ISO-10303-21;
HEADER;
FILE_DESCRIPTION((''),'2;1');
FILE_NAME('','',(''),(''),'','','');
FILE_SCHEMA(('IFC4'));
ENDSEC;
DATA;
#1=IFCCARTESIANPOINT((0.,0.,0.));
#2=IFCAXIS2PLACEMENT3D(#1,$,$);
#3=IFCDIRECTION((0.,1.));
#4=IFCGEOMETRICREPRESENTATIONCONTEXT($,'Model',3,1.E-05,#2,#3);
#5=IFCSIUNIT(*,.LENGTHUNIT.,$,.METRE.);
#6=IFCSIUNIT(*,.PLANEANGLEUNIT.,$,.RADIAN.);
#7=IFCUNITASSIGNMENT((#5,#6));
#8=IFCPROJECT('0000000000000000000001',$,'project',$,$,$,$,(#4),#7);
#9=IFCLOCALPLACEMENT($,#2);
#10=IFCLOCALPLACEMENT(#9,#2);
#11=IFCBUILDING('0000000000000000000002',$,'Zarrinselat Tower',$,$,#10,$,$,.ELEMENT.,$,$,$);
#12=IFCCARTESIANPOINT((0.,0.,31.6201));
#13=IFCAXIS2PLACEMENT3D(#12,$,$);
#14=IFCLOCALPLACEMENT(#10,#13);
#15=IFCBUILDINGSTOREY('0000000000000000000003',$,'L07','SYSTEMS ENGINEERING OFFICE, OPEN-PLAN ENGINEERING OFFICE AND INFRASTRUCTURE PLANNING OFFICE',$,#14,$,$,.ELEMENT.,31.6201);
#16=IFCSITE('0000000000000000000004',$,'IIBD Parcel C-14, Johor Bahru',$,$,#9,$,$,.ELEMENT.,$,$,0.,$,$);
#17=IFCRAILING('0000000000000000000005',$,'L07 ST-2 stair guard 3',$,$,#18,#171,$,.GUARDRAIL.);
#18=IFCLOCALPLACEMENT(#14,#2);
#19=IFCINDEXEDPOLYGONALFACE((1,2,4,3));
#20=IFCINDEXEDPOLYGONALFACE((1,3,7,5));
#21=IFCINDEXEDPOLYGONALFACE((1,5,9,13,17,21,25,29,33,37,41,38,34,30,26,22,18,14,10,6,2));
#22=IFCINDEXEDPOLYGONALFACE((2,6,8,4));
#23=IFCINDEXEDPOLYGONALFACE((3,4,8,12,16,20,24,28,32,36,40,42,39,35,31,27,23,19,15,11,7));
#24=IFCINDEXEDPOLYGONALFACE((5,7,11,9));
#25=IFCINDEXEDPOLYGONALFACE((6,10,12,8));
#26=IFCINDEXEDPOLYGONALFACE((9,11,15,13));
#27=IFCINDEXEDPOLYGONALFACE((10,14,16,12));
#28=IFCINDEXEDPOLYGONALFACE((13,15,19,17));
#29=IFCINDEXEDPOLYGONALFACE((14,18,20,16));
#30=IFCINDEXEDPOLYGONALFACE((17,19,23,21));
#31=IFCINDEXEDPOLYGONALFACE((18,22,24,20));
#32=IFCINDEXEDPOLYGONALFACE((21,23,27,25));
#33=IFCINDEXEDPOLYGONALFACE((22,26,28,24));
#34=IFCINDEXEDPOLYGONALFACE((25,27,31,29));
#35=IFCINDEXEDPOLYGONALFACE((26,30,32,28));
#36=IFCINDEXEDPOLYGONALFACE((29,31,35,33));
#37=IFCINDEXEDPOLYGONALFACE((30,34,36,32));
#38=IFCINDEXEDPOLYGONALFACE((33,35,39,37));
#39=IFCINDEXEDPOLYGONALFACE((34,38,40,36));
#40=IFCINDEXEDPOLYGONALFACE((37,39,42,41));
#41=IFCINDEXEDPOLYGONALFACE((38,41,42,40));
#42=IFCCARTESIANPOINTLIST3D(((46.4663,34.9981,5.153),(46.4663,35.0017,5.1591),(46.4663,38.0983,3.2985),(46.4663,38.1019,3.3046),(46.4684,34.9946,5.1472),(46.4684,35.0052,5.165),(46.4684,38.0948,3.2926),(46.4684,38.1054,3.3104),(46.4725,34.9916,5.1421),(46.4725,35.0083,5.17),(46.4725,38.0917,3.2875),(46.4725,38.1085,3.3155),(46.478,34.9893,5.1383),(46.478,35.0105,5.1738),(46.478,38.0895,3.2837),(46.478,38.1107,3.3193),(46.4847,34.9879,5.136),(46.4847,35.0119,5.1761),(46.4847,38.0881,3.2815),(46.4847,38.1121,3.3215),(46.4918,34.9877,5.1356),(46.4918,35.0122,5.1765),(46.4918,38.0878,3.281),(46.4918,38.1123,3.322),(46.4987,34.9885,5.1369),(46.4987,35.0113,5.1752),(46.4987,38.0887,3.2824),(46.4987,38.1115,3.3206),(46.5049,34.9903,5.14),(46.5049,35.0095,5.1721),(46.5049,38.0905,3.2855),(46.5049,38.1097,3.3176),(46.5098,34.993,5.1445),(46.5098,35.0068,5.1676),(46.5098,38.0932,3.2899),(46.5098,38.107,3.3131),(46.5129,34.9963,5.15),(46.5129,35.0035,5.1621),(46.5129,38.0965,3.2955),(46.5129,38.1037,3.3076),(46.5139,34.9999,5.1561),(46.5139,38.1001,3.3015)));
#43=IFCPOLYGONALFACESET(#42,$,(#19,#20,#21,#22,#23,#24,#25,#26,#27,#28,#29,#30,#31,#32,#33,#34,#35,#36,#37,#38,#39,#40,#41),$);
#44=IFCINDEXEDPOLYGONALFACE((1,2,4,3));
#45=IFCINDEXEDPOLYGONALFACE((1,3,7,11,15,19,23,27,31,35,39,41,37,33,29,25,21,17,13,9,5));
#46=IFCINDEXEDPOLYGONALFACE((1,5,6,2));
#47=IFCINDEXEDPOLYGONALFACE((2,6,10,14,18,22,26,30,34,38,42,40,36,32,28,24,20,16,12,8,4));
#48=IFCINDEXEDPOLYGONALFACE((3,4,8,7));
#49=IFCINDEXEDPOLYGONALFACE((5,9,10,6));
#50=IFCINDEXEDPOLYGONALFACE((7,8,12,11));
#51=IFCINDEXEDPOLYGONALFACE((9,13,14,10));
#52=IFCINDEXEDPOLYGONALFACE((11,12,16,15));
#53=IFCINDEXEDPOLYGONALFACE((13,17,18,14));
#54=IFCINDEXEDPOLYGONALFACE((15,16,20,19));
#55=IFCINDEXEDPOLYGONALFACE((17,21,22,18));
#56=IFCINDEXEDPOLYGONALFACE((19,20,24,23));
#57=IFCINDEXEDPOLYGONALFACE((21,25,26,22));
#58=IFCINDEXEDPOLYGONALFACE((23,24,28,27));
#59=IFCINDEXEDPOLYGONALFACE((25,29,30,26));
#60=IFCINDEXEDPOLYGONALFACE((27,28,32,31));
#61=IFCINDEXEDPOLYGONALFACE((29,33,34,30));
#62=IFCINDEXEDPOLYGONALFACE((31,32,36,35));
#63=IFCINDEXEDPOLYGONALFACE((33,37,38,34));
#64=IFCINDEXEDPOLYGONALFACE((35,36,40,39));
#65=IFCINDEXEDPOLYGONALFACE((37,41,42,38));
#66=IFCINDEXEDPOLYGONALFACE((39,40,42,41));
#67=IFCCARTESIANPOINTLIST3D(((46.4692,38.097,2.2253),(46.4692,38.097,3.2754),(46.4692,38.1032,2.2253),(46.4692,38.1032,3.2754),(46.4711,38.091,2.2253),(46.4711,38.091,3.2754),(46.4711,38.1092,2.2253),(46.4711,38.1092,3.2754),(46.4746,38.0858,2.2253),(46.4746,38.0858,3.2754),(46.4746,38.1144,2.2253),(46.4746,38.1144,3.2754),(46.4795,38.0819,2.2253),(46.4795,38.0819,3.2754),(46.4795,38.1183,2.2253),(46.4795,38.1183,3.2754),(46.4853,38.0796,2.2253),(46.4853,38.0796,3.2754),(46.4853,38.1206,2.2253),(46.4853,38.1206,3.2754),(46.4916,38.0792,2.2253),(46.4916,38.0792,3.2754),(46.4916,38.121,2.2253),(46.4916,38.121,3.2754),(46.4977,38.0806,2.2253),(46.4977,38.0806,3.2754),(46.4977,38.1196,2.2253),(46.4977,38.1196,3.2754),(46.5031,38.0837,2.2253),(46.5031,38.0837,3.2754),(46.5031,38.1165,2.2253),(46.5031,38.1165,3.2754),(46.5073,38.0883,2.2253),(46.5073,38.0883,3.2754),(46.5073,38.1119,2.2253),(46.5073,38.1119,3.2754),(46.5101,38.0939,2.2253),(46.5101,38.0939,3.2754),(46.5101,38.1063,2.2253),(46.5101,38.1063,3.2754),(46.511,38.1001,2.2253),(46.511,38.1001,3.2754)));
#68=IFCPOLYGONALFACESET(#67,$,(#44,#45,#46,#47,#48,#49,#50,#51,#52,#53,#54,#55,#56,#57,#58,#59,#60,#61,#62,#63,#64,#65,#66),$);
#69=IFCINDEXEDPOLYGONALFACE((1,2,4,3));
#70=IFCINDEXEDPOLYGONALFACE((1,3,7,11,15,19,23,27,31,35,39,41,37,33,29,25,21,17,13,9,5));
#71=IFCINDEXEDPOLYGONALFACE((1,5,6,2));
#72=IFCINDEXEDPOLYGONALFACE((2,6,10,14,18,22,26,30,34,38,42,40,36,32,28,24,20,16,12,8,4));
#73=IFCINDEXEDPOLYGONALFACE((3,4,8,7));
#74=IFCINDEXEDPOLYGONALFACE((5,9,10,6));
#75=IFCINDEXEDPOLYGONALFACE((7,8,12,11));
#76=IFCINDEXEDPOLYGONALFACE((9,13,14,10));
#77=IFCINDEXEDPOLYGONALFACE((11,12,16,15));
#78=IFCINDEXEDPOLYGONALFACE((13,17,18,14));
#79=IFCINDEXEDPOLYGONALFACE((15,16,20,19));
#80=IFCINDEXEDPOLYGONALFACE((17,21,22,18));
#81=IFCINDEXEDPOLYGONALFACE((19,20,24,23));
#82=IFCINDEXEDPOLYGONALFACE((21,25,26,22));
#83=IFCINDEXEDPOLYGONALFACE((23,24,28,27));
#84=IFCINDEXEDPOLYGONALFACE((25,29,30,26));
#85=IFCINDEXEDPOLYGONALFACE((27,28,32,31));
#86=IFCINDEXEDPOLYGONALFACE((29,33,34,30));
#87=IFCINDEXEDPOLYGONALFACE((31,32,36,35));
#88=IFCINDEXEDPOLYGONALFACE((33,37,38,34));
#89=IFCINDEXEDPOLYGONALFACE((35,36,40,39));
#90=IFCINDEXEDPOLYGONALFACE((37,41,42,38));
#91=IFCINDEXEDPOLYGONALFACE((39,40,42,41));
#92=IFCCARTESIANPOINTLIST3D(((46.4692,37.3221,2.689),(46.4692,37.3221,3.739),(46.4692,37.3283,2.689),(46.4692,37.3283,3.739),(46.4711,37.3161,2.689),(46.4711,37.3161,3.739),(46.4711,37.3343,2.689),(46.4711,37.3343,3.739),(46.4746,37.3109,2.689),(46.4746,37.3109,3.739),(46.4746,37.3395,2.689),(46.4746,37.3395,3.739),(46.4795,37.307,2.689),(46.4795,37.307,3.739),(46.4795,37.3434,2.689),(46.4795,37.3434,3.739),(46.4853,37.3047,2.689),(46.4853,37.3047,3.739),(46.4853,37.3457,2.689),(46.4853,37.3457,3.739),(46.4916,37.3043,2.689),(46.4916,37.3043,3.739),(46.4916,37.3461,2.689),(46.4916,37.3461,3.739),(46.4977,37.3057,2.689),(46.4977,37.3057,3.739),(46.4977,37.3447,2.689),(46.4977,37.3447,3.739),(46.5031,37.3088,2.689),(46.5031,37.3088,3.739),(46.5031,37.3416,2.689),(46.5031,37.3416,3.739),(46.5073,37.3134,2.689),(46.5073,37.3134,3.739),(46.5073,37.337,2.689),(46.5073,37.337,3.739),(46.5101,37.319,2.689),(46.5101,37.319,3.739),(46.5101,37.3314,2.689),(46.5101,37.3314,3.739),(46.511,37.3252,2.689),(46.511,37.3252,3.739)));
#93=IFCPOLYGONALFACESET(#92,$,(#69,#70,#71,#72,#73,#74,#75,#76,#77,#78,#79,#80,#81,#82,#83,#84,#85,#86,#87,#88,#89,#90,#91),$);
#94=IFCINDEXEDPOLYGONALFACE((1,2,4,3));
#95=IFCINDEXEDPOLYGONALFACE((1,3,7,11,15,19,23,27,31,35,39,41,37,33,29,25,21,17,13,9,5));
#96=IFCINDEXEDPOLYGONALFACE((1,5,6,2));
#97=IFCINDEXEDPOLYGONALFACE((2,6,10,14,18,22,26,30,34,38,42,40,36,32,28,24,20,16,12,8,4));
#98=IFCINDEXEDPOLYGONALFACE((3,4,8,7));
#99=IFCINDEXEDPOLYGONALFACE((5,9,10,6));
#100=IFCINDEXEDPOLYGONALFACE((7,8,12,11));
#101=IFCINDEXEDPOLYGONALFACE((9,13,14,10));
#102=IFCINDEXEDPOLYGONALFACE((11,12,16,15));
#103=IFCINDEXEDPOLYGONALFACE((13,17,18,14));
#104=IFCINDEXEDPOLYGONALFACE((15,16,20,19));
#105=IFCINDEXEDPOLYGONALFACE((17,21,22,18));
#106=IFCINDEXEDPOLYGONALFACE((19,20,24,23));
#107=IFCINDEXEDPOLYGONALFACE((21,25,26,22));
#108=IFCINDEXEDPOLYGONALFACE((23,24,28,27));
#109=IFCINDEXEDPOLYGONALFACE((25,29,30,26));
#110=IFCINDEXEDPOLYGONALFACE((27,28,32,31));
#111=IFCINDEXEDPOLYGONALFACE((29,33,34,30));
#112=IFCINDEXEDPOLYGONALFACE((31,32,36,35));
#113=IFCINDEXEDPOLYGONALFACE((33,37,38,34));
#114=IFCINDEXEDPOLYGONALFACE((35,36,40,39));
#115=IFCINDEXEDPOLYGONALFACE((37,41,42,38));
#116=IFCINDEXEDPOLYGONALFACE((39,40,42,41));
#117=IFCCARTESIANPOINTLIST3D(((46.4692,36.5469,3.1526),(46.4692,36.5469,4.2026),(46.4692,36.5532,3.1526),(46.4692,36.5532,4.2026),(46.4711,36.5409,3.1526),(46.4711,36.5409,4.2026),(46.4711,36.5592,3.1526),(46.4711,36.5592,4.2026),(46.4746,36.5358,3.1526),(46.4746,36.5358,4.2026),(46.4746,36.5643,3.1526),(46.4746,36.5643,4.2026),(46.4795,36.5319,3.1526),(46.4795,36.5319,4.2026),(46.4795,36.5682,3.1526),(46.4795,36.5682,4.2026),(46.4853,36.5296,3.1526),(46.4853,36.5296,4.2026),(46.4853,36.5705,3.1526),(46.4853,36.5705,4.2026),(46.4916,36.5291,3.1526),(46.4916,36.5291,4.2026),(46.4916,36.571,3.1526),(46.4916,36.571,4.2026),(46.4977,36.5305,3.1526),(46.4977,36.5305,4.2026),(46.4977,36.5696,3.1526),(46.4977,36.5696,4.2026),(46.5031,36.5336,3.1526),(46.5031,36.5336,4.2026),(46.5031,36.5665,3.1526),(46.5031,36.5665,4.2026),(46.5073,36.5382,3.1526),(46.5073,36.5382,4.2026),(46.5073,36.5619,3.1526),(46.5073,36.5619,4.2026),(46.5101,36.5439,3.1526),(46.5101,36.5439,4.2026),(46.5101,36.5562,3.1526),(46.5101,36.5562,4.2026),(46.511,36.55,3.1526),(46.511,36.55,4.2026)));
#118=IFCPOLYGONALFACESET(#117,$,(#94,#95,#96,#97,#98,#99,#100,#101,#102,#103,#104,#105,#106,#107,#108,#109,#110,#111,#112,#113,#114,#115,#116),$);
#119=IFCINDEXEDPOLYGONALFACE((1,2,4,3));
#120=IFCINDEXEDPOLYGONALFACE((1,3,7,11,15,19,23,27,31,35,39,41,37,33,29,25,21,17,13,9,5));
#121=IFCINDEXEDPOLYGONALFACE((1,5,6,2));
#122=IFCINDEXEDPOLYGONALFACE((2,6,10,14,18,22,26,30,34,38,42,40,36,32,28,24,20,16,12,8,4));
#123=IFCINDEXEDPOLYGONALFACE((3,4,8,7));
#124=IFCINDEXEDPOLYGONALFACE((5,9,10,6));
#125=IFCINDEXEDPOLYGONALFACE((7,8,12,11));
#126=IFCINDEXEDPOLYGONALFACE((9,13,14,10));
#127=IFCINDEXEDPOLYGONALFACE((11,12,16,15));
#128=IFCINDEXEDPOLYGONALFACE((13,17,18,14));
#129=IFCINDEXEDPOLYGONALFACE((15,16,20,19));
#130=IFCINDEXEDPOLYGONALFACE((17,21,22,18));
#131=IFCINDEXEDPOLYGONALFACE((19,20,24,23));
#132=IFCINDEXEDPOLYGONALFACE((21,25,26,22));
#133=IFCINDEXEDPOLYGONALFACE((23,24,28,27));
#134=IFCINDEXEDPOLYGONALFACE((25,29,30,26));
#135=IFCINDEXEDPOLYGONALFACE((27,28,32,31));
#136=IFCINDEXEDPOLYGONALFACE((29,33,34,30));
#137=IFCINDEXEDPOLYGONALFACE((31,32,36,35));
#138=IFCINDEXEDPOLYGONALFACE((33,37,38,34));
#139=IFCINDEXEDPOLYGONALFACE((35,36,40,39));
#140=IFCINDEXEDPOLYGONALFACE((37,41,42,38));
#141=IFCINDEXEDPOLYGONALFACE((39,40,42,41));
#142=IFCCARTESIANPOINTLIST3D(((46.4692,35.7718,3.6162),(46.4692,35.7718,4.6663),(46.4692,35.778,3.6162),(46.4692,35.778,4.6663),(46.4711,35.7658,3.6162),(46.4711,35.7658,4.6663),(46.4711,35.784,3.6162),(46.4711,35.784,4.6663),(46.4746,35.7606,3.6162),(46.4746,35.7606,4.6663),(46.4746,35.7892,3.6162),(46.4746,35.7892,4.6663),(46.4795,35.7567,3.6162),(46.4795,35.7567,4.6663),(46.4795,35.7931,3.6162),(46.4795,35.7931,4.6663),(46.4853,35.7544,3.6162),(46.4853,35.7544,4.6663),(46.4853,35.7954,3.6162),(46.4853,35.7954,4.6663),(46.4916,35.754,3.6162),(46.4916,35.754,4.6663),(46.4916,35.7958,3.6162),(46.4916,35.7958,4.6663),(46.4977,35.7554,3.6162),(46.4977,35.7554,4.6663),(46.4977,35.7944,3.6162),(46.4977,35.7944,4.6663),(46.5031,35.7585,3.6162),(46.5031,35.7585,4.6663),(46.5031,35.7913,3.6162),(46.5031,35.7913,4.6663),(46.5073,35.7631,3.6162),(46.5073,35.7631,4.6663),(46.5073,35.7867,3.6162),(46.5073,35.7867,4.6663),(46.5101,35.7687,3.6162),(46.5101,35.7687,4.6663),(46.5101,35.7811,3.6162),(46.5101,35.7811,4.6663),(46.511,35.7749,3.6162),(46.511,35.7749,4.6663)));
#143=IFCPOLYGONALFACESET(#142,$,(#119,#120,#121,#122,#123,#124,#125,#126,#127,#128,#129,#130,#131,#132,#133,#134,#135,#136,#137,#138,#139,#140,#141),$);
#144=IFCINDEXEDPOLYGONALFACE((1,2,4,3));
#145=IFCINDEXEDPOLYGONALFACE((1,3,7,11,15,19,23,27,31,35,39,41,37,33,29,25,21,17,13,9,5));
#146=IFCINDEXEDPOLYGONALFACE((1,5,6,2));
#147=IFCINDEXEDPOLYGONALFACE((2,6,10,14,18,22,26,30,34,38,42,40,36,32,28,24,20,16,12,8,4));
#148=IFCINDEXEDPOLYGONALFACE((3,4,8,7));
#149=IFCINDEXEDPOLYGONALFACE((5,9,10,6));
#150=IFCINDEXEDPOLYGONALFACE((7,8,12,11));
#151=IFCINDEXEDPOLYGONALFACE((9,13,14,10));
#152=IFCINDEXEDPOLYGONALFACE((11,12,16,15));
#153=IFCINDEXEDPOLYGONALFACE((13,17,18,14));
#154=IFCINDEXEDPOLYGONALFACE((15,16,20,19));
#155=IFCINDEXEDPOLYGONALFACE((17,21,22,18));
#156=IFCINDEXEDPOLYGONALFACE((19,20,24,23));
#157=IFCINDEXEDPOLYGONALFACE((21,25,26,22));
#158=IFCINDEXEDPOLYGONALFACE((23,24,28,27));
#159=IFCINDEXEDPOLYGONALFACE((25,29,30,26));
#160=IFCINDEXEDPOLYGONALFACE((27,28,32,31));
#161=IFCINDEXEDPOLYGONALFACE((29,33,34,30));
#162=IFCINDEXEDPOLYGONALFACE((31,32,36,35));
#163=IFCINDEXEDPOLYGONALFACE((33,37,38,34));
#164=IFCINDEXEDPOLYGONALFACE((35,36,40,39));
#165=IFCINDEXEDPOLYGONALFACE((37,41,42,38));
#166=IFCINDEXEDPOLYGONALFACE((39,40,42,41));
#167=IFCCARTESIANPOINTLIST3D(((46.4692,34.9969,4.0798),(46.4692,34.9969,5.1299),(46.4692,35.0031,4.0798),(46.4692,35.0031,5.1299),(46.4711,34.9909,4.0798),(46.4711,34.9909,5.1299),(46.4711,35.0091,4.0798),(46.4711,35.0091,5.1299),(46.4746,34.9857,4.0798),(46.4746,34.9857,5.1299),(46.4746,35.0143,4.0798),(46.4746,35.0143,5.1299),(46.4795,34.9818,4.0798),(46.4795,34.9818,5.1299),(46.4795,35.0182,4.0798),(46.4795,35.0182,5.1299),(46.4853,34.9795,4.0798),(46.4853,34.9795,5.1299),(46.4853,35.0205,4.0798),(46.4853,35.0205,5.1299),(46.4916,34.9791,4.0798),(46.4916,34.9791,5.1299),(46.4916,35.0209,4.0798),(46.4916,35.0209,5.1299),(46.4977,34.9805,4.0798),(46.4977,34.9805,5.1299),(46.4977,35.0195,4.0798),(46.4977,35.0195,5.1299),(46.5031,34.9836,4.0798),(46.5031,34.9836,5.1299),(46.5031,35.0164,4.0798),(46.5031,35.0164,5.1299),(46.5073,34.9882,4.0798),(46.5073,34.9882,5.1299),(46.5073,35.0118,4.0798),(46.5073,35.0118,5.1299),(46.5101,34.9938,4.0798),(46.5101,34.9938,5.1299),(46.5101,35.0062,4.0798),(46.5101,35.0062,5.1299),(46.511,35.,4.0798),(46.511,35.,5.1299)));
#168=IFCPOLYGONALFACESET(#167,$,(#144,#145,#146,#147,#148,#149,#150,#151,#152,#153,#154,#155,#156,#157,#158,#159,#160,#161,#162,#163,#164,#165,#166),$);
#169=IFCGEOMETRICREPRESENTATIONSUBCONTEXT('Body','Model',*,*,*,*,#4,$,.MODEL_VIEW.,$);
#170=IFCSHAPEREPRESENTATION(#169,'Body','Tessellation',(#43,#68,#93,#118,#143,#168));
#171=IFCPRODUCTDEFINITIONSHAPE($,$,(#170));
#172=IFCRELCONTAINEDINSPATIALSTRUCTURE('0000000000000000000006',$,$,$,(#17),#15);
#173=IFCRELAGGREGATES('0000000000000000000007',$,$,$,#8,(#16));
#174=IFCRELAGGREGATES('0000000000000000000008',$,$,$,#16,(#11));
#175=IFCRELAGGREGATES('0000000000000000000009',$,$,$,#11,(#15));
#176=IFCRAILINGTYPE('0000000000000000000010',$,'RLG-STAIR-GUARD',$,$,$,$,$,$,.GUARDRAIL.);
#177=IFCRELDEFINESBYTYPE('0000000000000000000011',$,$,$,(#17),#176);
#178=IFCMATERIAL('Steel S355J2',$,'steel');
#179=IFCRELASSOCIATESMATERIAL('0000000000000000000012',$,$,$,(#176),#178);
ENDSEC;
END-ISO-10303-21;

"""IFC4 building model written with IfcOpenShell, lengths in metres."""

from ifc_helpers import new_model, si_unit, direction, frame, origin, origin_2d, place, context, subcontext, project, spatial, circle, extrude, material, type_object, element, save


model = new_model("IFC4")

# Units and contexts
model_context = context("Model", 3, precision=1e-05, world=origin(), true_north=direction((0.0, 1.0)))
body_context = subcontext(model_context, "Body", "Model", "MODEL_VIEW")
ifc_project = project(units=[si_unit("LENGTHUNIT", "METRE"), si_unit("PLANEANGLEUNIT", "RADIAN")], contexts=[model_context])

# Site, building, storey
site_placement = place(None, origin())
site = spatial("IfcSite", under=ifc_project, at=site_placement, Name="IIBD Parcel C-14, Johor Bahru", CompositionType="ELEMENT", RefElevation=0.0)
building_placement = place(site_placement, origin())
building = spatial("IfcBuilding", under=site, at=building_placement, Name="Zarrinselat Tower", CompositionType="ELEMENT")
storey_placement = place(building_placement, frame((0.0, 0.0, 31.6201)))
storey = spatial("IfcBuildingStorey", under=building, at=storey_placement, Name="L07", Description="SYSTEMS ENGINEERING OFFICE, OPEN-PLAN ENGINEERING OFFICE AND INFRASTRUCTURE PLANNING OFFICE", CompositionType="ELEMENT", Elevation=31.6201)

# Railing
ifc_material_1 = material(Name="Steel S355J2", Category="steel")
railing_type_1 = type_object("IfcRailingType", Name="RLG-STAIR-GUARD", PredefinedType="GUARDRAIL", material=ifc_material_1)
railing_1_placement = place(storey_placement, frame((46.49, 38.1001, 2.2253)))
element("IfcRailing", 1, at=railing_1_placement, inside=storey, type_object=railing_type_1, Name="L07 ST-2 stair guard 3", PredefinedType="GUARDRAIL", context=body_context, shape_type="SweptSolid", body=[
    extrude(circle(Radius=0.0239, at=origin_2d()), frame((0.0, 0.0, 1.0762), z_axis=(0.0, -0.858172, 0.513362), x_axis=(1.0, 0.0, 0.0)), (0.0, 0.0, 1.0), 3.6125),
    extrude(circle(Radius=0.021, at=origin_2d()), origin(), (0.0, 0.0, 1.0), 1.05),
    extrude(circle(Radius=0.021, at=origin_2d()), frame((0.0, -0.7749, 0.4636)), (0.0, 0.0, 1.0), 1.05),
    extrude(circle(Radius=0.021, at=origin_2d()), frame((0.0, -1.55, 0.9272)), (0.0, 0.0, 1.0), 1.05),
    extrude(circle(Radius=0.021, at=origin_2d()), frame((0.0, -2.3252, 1.3909)), (0.0, 0.0, 1.0), 1.05),
    extrude(circle(Radius=0.021, at=origin_2d()), frame((0.0, -3.1001, 1.8545)), (0.0, 0.0, 1.0), 1.05),
])

save(model, "model.ifc")
